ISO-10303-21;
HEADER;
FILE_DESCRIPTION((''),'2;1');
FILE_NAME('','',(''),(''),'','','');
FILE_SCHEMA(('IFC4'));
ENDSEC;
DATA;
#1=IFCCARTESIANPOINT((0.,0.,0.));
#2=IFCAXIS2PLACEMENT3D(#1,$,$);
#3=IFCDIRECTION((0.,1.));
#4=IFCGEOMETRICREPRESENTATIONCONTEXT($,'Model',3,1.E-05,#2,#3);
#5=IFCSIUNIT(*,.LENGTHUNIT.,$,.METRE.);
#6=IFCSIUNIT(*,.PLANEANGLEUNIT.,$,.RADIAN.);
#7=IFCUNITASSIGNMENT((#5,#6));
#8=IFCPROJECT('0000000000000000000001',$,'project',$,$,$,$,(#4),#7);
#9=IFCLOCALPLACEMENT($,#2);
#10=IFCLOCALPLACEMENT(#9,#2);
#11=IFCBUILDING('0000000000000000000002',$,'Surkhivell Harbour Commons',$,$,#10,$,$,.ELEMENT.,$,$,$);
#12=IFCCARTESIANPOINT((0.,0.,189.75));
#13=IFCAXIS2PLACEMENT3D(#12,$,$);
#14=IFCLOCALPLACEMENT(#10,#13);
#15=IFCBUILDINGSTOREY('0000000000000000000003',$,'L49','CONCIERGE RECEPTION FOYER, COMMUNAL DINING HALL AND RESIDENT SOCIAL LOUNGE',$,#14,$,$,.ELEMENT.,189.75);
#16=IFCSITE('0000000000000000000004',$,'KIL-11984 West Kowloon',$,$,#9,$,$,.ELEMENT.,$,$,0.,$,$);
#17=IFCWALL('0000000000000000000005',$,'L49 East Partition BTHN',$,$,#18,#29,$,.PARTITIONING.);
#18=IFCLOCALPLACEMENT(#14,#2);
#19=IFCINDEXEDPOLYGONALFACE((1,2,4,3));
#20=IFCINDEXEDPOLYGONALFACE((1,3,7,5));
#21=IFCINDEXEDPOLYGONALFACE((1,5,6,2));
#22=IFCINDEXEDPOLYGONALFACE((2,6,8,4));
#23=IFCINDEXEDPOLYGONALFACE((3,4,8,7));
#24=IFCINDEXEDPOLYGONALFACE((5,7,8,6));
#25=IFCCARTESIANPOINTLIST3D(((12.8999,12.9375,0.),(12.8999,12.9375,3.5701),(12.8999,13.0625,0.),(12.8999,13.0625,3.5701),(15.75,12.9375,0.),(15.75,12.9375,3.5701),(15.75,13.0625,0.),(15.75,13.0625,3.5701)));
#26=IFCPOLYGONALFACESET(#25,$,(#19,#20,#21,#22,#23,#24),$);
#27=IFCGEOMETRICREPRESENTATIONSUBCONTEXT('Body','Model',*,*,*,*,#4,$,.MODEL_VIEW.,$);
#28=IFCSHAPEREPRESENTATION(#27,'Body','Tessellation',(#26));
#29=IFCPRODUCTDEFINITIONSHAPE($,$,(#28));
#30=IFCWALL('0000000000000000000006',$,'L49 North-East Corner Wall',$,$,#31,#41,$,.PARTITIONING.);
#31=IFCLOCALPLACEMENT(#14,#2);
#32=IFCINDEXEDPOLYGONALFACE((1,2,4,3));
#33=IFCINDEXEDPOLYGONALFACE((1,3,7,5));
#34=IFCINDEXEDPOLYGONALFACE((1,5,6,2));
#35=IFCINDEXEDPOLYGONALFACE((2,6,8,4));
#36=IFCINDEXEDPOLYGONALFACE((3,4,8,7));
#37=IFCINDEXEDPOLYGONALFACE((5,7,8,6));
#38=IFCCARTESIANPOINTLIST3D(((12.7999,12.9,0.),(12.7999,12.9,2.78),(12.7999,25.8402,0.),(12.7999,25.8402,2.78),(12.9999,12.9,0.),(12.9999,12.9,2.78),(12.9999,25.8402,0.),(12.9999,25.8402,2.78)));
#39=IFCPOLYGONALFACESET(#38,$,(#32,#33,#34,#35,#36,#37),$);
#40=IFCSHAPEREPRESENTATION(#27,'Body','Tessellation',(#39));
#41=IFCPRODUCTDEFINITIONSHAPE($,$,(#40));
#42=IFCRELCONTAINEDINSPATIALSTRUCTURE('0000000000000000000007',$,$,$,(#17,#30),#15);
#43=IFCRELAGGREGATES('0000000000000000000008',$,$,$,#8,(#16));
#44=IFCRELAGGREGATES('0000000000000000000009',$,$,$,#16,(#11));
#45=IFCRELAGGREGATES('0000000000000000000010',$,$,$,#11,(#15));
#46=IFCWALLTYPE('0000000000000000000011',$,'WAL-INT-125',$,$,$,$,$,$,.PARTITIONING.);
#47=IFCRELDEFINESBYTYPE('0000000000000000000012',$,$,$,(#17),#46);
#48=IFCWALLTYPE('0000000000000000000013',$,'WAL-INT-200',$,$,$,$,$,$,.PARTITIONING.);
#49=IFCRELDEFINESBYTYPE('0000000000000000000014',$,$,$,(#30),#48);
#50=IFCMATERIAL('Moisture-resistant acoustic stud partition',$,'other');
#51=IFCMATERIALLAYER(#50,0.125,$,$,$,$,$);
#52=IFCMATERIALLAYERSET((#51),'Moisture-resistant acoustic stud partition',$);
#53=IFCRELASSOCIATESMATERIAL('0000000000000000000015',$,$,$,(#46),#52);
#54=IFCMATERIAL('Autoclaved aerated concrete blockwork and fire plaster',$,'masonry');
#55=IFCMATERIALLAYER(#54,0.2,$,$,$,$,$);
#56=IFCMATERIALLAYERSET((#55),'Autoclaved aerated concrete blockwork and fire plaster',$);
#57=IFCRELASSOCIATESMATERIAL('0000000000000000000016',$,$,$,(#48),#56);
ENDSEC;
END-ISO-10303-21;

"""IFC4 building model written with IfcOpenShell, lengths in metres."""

from ifc_helpers import new_model, si_unit, direction, frame, frame_2d, origin, place, context, subcontext, project, spatial, rectangle, extrude, material, layer, layer_set, type_object, element, save


model = new_model("IFC4")

# Units and contexts
model_context = context("Model", 3, precision=1e-05, world=origin(), true_north=direction((0.0, 1.0)))
body_context = subcontext(model_context, "Body", "Model", "MODEL_VIEW")
ifc_project = project(units=[si_unit("LENGTHUNIT", "METRE"), si_unit("PLANEANGLEUNIT", "RADIAN")], contexts=[model_context])

# Site, building, storey
site_placement = place(None, origin())
site = spatial("IfcSite", under=ifc_project, at=site_placement, Name="KIL-11984 West Kowloon", CompositionType="ELEMENT", RefElevation=0.0)
building_placement = place(site_placement, origin())
building = spatial("IfcBuilding", under=site, at=building_placement, Name="Surkhivell Harbour Commons", CompositionType="ELEMENT")
storey_placement = place(building_placement, frame((0.0, 0.0, 189.75)))
storey = spatial("IfcBuildingStorey", under=building, at=storey_placement, Name="L49", Description="CONCIERGE RECEPTION FOYER, COMMUNAL DINING HALL AND RESIDENT SOCIAL LOUNGE", CompositionType="ELEMENT", Elevation=189.75)

# Walls
ifc_material_1 = material(Name="Moisture-resistant acoustic stud partition", Category="other")
ifc_layer_1 = layer(ifc_material_1, 0.125)
ifc_layer_set_1 = layer_set([ifc_layer_1], Name="Moisture-resistant acoustic stud partition")
wall_type_1 = type_object("IfcWallType", Name="WAL-INT-125", PredefinedType="PARTITIONING", material=ifc_layer_set_1)
wall_1_placement = place(storey_placement, frame((12.8999, 13.0, 0.0), z_axis=(0.0, 0.0, 1.0), x_axis=(1.0, 0.0, 0.0)))
element("IfcWall", 1, at=wall_1_placement, inside=storey, type_object=wall_type_1, Name="L49 East Partition BTHN", PredefinedType="PARTITIONING", context=body_context, shape_type="SweptSolid", body=[
    extrude(rectangle(XDim=2.8501, YDim=0.125, at=frame_2d((1.425, 0.0))), origin(), (0.0, 0.0, 1.0), 3.5701),
])
ifc_material_2 = material(Name="Autoclaved aerated concrete blockwork and fire plaster", Category="masonry")
ifc_layer_2 = layer(ifc_material_2, 0.2)
ifc_layer_set_2 = layer_set([ifc_layer_2], Name="Autoclaved aerated concrete blockwork and fire plaster")
wall_type_2 = type_object("IfcWallType", Name="WAL-INT-200", PredefinedType="PARTITIONING", material=ifc_layer_set_2)
wall_2_placement = place(storey_placement, frame((12.8999, 12.8999, 0.0), z_axis=(0.0, 0.0, 1.0), x_axis=(0.0, 1.0, 0.0)))
element("IfcWall", 2, at=wall_2_placement, inside=storey, type_object=wall_type_2, Name="L49 North-East Corner Wall", PredefinedType="PARTITIONING", context=body_context, shape_type="SweptSolid", body=[
    extrude(rectangle(XDim=12.9402, YDim=0.2, at=frame_2d((6.4702, 0.0))), origin(), (0.0, 0.0, 1.0), 2.78),
])

save(model, "model.ifc")
